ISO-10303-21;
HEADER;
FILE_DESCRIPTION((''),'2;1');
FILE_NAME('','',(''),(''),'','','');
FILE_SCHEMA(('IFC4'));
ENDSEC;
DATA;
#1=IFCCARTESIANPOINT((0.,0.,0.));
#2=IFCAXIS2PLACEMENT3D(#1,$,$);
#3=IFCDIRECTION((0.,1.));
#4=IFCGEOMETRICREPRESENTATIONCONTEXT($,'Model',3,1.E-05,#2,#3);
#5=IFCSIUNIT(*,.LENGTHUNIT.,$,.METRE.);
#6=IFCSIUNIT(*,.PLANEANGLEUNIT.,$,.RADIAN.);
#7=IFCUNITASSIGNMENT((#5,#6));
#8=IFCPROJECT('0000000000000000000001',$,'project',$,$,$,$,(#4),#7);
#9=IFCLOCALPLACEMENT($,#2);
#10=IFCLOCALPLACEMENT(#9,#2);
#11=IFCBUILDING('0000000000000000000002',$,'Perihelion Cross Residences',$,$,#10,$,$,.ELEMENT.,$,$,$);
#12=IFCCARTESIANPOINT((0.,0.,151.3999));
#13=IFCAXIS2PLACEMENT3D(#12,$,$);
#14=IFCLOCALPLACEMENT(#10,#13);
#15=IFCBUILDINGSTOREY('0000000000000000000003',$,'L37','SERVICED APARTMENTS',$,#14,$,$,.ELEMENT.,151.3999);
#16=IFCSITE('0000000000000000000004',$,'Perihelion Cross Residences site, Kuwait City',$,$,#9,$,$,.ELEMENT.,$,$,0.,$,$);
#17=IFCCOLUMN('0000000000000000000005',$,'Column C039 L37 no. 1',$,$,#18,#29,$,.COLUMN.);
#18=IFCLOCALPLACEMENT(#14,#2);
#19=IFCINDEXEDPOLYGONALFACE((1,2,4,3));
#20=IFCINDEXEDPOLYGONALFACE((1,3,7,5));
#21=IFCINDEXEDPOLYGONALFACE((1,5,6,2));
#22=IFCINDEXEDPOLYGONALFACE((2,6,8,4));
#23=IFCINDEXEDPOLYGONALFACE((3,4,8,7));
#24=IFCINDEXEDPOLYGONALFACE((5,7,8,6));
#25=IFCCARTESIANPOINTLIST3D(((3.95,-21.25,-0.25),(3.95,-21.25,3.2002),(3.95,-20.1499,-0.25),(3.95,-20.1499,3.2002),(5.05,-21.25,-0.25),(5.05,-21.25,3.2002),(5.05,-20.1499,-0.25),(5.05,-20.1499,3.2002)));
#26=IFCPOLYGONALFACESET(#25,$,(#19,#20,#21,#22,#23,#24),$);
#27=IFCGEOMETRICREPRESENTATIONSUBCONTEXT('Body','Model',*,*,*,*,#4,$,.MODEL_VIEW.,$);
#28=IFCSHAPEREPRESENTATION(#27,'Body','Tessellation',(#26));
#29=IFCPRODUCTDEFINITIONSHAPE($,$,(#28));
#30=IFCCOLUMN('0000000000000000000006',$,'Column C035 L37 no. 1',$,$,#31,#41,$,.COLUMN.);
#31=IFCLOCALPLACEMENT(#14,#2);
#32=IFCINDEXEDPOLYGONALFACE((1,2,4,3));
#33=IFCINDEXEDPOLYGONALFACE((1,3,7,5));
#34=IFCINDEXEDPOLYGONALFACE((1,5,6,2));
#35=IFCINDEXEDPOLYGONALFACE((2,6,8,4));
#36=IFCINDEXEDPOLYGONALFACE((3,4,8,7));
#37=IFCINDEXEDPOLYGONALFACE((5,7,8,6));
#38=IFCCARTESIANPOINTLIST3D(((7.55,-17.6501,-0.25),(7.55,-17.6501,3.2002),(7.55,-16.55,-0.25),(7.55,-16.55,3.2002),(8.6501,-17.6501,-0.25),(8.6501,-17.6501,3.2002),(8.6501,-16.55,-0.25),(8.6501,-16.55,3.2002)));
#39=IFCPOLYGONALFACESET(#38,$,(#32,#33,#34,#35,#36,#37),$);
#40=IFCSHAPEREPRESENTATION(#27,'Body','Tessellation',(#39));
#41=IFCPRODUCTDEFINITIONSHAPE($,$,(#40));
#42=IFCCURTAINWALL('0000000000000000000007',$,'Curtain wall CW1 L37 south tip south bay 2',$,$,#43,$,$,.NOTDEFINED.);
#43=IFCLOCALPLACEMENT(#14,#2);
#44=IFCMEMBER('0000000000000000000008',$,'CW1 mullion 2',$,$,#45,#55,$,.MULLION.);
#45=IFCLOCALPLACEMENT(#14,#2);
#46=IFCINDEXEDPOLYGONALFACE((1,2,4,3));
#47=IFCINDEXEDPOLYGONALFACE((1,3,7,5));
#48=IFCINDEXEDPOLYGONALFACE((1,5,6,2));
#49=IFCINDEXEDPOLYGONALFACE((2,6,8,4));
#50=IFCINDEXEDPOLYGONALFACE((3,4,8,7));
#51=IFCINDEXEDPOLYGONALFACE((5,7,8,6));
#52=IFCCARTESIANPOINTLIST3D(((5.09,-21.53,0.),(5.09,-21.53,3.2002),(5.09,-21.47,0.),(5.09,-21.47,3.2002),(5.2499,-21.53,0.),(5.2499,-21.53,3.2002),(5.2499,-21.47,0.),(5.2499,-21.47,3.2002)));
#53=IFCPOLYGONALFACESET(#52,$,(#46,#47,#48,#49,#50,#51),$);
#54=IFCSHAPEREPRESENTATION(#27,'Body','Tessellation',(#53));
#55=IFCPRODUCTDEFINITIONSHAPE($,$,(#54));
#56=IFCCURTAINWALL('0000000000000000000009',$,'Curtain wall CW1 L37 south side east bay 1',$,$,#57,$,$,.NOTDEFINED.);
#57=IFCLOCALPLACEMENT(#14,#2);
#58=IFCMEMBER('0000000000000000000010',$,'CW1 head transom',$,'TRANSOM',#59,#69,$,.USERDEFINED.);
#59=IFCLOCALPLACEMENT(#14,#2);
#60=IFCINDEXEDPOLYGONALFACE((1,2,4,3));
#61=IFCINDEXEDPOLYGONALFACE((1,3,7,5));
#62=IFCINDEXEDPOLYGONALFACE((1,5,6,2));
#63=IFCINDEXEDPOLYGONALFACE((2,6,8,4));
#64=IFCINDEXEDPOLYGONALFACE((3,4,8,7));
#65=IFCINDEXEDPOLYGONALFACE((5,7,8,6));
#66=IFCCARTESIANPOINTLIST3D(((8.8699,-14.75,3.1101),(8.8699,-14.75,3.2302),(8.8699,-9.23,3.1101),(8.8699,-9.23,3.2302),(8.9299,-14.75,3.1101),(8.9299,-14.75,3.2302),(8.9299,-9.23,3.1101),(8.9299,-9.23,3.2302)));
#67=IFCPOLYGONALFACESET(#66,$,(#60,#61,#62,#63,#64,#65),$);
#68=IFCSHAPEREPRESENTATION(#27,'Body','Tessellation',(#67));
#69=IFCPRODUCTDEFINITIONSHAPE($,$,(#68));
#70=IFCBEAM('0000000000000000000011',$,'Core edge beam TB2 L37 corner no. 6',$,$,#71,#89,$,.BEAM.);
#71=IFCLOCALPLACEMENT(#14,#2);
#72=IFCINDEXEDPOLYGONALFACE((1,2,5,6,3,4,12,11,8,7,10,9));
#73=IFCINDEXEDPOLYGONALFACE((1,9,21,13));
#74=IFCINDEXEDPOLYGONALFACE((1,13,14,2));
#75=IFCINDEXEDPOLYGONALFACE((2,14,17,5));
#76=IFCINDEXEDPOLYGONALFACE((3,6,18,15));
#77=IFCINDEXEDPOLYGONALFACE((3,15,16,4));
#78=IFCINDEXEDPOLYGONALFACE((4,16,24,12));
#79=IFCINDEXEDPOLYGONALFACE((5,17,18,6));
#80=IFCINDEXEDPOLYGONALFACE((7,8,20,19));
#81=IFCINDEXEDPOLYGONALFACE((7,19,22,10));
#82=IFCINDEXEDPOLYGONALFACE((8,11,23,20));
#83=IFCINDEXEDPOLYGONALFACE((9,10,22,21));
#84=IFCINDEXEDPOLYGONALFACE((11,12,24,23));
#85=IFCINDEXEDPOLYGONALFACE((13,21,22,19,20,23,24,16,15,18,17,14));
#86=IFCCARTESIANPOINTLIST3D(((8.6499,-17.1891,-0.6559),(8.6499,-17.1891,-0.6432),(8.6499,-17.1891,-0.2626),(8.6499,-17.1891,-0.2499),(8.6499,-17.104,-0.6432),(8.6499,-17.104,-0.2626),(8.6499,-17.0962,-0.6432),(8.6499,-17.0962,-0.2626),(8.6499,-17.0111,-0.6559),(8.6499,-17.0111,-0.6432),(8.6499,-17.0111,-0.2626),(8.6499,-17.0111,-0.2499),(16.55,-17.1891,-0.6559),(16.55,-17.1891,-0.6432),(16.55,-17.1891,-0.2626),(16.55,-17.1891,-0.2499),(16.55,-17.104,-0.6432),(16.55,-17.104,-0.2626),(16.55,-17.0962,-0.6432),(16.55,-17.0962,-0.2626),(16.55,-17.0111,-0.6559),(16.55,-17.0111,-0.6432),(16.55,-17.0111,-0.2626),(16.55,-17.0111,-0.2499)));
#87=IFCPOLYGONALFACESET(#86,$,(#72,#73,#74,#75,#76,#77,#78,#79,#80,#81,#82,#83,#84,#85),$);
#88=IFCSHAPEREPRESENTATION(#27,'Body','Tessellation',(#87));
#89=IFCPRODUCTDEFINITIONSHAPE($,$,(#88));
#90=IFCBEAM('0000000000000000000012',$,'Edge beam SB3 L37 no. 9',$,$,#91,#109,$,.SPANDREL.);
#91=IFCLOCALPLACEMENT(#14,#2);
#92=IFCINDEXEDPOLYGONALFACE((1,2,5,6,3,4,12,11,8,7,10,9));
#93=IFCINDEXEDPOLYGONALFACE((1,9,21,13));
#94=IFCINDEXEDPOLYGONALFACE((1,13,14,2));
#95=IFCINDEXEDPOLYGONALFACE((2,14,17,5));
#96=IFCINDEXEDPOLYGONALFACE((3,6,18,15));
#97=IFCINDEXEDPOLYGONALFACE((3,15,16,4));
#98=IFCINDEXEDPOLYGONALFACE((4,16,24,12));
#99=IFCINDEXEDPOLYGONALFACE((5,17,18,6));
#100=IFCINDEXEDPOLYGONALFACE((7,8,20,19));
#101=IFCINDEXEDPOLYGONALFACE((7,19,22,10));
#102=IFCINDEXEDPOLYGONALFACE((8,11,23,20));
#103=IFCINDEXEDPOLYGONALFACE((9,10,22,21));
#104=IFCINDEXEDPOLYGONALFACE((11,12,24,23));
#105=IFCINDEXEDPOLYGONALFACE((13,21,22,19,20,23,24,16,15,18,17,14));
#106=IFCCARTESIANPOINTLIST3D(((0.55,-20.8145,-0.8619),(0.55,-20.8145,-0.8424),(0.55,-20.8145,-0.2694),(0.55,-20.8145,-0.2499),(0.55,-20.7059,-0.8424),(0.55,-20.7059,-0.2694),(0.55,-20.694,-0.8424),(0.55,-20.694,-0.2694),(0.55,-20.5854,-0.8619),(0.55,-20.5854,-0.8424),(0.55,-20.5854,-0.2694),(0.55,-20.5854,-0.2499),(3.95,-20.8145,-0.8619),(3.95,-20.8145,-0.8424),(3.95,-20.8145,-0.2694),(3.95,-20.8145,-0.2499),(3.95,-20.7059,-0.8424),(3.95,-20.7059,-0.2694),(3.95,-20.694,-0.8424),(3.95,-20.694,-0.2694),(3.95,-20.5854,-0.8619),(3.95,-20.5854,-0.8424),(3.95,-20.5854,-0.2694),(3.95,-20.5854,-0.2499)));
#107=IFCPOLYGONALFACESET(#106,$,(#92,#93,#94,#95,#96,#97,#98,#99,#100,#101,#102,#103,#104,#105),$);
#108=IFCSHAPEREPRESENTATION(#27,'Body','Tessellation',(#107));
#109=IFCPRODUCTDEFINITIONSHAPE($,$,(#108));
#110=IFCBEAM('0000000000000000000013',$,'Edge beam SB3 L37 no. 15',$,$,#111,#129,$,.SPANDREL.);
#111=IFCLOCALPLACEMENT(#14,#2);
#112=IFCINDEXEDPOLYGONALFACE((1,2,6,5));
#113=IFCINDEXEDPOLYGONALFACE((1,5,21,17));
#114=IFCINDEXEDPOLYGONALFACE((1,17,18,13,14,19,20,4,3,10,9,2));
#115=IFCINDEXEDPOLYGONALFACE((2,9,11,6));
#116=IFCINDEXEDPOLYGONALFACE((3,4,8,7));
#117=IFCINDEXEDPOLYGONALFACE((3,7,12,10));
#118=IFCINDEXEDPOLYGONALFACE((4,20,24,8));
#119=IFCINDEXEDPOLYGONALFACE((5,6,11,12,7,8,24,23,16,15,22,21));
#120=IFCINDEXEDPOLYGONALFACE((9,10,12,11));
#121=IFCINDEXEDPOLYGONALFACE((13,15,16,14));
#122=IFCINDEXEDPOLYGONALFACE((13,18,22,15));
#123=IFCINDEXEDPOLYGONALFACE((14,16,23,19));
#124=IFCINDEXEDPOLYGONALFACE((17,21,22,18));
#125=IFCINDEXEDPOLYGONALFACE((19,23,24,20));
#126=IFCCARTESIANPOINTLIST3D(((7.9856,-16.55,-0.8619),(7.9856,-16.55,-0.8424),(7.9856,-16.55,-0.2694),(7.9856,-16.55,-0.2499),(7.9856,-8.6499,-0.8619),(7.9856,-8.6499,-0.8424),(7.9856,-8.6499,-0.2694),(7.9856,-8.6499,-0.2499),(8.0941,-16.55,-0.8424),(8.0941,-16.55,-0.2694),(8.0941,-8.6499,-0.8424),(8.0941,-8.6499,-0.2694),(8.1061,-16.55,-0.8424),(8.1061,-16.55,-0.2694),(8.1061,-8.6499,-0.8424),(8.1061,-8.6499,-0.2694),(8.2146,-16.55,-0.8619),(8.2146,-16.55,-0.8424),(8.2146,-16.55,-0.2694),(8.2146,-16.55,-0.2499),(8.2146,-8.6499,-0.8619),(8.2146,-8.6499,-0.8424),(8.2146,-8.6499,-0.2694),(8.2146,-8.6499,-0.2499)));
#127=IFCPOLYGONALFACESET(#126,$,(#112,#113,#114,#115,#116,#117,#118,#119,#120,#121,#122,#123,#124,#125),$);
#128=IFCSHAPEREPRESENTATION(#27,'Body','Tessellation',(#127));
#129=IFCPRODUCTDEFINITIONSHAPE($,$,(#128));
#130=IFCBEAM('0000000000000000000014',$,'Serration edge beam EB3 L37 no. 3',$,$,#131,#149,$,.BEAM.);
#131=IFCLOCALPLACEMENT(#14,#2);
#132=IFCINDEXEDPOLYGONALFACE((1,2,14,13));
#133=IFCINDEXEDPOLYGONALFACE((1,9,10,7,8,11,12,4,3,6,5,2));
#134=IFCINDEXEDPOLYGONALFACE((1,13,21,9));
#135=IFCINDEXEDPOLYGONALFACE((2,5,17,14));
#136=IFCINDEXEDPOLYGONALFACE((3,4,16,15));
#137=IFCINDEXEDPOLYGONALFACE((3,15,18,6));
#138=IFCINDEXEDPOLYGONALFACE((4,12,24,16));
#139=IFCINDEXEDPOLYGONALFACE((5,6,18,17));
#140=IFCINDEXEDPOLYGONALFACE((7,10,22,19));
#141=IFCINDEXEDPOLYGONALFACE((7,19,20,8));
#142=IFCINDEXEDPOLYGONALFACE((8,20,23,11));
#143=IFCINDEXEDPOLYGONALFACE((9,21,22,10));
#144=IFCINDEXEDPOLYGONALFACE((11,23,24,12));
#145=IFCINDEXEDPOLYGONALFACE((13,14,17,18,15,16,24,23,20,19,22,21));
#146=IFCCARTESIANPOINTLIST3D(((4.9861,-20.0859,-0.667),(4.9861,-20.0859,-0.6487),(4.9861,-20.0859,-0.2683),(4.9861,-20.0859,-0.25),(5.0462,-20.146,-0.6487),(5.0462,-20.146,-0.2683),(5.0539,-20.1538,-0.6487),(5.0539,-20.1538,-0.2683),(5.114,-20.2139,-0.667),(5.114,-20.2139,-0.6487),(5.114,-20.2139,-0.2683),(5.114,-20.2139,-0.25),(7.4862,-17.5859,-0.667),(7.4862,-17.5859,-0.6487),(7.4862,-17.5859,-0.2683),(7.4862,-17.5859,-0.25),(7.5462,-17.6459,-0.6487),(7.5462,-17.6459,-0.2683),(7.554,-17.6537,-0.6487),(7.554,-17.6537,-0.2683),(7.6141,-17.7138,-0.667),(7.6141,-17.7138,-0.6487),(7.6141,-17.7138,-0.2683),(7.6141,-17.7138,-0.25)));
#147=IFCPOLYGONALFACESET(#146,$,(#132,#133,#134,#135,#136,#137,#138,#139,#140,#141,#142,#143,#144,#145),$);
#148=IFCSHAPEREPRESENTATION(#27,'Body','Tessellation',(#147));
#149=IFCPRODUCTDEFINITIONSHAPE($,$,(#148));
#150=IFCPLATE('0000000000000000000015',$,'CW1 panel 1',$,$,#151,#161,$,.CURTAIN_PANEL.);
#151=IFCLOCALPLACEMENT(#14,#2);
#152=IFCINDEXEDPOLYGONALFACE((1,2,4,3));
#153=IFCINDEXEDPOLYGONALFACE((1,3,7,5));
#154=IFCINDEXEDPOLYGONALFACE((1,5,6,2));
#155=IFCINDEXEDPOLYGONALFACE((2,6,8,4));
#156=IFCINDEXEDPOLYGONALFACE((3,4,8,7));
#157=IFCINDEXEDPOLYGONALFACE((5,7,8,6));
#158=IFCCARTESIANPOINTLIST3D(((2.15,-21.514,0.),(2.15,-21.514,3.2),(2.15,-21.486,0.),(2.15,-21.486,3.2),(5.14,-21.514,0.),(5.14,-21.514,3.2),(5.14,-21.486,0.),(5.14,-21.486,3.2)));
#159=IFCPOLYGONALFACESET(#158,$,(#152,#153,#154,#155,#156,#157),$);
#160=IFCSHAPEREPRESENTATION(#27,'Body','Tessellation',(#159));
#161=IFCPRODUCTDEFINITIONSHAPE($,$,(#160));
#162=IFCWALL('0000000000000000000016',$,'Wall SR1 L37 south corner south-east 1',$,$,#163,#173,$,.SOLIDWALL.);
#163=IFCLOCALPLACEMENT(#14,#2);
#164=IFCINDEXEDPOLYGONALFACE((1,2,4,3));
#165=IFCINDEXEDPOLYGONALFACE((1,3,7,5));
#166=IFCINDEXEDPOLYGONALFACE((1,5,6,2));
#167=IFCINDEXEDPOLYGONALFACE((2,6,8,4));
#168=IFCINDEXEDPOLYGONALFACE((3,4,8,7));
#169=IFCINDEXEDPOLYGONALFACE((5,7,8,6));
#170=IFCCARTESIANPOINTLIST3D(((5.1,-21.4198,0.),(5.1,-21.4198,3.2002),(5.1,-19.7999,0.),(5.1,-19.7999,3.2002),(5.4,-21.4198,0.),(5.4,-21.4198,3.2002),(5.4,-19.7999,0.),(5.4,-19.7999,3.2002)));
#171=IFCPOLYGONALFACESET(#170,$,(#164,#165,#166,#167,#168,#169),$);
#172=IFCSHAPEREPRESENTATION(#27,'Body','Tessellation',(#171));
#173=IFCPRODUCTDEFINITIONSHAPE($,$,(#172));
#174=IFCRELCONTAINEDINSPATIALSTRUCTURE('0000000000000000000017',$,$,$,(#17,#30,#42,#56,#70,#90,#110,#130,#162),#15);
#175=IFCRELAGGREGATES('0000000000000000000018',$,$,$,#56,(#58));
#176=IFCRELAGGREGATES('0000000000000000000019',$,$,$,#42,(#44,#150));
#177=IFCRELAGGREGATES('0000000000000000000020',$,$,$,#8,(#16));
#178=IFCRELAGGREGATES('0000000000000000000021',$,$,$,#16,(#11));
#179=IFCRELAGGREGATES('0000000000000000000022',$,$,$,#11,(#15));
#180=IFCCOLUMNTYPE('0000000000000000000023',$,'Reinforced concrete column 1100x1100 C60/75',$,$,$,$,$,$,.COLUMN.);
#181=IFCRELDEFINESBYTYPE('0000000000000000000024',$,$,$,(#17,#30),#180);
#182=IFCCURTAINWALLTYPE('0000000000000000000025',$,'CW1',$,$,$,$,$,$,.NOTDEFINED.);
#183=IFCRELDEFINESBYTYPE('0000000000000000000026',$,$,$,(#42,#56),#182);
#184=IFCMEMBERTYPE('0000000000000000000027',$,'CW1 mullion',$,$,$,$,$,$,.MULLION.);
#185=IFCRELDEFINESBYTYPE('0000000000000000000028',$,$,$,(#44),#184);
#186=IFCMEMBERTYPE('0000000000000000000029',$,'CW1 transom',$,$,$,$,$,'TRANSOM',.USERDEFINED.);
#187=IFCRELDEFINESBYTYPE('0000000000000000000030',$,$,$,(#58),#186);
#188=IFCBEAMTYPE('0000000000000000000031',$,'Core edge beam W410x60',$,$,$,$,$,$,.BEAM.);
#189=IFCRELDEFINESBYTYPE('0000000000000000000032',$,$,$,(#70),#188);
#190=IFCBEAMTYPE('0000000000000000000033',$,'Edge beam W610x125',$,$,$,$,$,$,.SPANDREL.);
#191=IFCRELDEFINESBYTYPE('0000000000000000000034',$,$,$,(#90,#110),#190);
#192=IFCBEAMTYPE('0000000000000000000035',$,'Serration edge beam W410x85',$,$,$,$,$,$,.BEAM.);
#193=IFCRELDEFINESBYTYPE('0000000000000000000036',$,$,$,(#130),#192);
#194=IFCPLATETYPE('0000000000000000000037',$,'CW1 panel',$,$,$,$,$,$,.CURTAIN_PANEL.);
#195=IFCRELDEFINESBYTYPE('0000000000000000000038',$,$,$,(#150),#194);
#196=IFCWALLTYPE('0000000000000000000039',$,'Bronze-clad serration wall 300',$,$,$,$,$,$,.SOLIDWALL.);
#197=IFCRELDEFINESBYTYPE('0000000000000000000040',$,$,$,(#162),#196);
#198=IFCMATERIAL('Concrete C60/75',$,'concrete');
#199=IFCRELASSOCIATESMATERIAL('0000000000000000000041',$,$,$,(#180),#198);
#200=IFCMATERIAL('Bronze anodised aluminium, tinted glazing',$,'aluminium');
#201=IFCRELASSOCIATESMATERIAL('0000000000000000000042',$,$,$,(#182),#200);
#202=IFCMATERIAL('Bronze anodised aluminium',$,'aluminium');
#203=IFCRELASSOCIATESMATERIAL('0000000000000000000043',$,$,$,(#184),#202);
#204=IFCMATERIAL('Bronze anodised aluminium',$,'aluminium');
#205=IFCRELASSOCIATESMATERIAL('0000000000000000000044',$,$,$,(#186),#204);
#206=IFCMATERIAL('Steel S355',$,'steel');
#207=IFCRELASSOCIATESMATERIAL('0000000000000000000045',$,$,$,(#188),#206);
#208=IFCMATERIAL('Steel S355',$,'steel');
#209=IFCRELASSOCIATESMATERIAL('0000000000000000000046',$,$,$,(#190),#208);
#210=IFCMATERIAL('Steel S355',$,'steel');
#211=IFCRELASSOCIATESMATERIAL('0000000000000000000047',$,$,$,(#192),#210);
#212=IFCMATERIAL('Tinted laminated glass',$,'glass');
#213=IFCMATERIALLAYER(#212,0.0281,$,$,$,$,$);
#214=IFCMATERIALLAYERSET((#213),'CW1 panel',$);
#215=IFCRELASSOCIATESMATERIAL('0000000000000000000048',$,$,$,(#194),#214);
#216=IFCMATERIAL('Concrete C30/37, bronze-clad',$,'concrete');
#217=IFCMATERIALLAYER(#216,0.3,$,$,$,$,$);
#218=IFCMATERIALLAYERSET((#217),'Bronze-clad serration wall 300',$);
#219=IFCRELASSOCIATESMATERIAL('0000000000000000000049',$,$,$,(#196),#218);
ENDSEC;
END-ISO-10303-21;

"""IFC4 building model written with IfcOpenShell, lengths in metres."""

from ifc_helpers import new_model, si_unit, direction, frame, frame_2d, origin, origin_2d, place, context, subcontext, project, spatial, rectangle, i_section, extrude, material, layer, layer_set, material_profile, profile_set, type_object, element, aggregate, save


model = new_model("IFC4")

# Units and contexts
model_context = context("Model", 3, precision=1e-05, world=origin(), true_north=direction((0.0, 1.0)))
body_context = subcontext(model_context, "Body", "Model", "MODEL_VIEW")
ifc_project = project(units=[si_unit("LENGTHUNIT", "METRE"), si_unit("PLANEANGLEUNIT", "RADIAN")], contexts=[model_context])

# Site, building, storey
site_placement = place(None, origin())
site = spatial("IfcSite", under=ifc_project, at=site_placement, Name="Perihelion Cross Residences site, Kuwait City", CompositionType="ELEMENT", RefElevation=0.0)
building_placement = place(site_placement, origin())
building = spatial("IfcBuilding", under=site, at=building_placement, Name="Perihelion Cross Residences", CompositionType="ELEMENT")
storey_placement = place(building_placement, frame((0.0, 0.0, 151.3999)))
storey = spatial("IfcBuildingStorey", under=building, at=storey_placement, Name="L37", Description="SERVICED APARTMENTS", CompositionType="ELEMENT", Elevation=151.3999)

# Columns
ifc_material_1 = material(Name="Concrete C60/75", Category="concrete")
ifc_material_profile_1 = material_profile(ifc_material_1, rectangle(XDim=1.1001, YDim=1.1001, at=origin_2d()), Name="RC 1100x1100")
ifc_profile_set_1 = profile_set([ifc_material_profile_1], Name="Concrete C60/75")
column_type = type_object("IfcColumnType", Name="Reinforced concrete column 1100x1100 C60/75", PredefinedType="COLUMN", material=ifc_profile_set_1)
for number, where, z_axis, x_axis, name in (
    (1, (4.5, -20.7, -0.25), (0.0, 0.0, 1.0), (1.0, 0.0, 0.0), "Column C039 L37 no. 1"),
    (2, (8.1001, -17.1001, -0.25), (0.0, 0.0, 1.0), (1.0, 0.0, 0.0), "Column C035 L37 no. 1"),
):
    element("IfcColumn", number, at=place(storey_placement, frame(where, z_axis=z_axis, x_axis=x_axis)), inside=storey, type_object=column_type, Name=name, PredefinedType="COLUMN", context=body_context, shape_type="SweptSolid", body=[
        extrude(rectangle(XDim=1.1001, YDim=1.1001, at=origin_2d()), origin(), (0.0, 0.0, 1.0), 3.4502),
    ])

# Curtain walls, members
ifc_material_2 = material(Name="Bronze anodised aluminium, tinted glazing", Category="aluminium")
curtain_wall_type = type_object("IfcCurtainWallType", Name="CW1", PredefinedType="NOTDEFINED", material=ifc_material_2)
curtain_wall_1_placement = place(storey_placement, origin())
curtain_wall_1 = element("IfcCurtainWall", 3, at=curtain_wall_1_placement, inside=storey, type_object=curtain_wall_type, Name="Curtain wall CW1 L37 south tip south bay 2", PredefinedType="NOTDEFINED")
ifc_material_3 = material(Name="Bronze anodised aluminium", Category="aluminium")
ifc_material_profile_2 = material_profile(ifc_material_3, rectangle(XDim=0.0601, YDim=0.1599, at=origin_2d()), Name="CW1 mullion")
ifc_profile_set_2 = profile_set([ifc_material_profile_2], Name="Bronze anodised aluminium")
member_type_1 = type_object("IfcMemberType", Name="CW1 mullion", PredefinedType="MULLION", material=ifc_profile_set_2)
member_1_placement = place(storey_placement, frame((5.1699, -21.5, 0.0), z_axis=(0.0, 0.0, 1.0), x_axis=(0.0, 1.0, 0.0)))
member_1 = element("IfcMember", 4, at=member_1_placement, type_object=member_type_1, Name="CW1 mullion 2", PredefinedType="MULLION", context=body_context, shape_type="SweptSolid", body=[
    extrude(rectangle(XDim=0.0601, YDim=0.1599, at=origin_2d()), origin(), (0.0, 0.0, 1.0), 3.2002),
])
curtain_wall_2_placement = place(storey_placement, origin())
curtain_wall_2 = element("IfcCurtainWall", 5, at=curtain_wall_2_placement, inside=storey, type_object=curtain_wall_type, Name="Curtain wall CW1 L37 south side east bay 1", PredefinedType="NOTDEFINED")
ifc_material_4 = material(Name="Bronze anodised aluminium", Category="aluminium")
ifc_material_profile_3 = material_profile(ifc_material_4, rectangle(XDim=0.0601, YDim=0.1201, at=origin_2d()), Name="CW1 transom")
ifc_profile_set_3 = profile_set([ifc_material_profile_3], Name="Bronze anodised aluminium")
member_type_2 = type_object("IfcMemberType", Name="CW1 transom", ElementType="TRANSOM", PredefinedType="USERDEFINED", material=ifc_profile_set_3)
member_2_placement = place(storey_placement, frame((8.8999, -14.75, 3.1702), z_axis=(0.0, 1.0, 0.0), x_axis=(-1.0, 0.0, 0.0)))
member_2 = element("IfcMember", 6, at=member_2_placement, type_object=member_type_2, Name="CW1 head transom", ObjectType="TRANSOM", PredefinedType="USERDEFINED", context=body_context, shape_type="SweptSolid", body=[
    extrude(rectangle(XDim=0.0601, YDim=0.1201, at=origin_2d()), origin(), (0.0, 0.0, 1.0), 5.52),
])
aggregate(curtain_wall_2, [member_2])

# Beams
ifc_material_5 = material(Name="Steel S355", Category="steel")
ifc_material_profile_4 = material_profile(ifc_material_5, i_section(OverallWidth=0.178, OverallDepth=0.406, WebThickness=0.0078, FlangeThickness=0.0127, at=origin_2d()), Name="W410x60")
ifc_profile_set_4 = profile_set([ifc_material_profile_4], Name="Steel S355")
beam_type_1 = type_object("IfcBeamType", Name="Core edge beam W410x60", PredefinedType="BEAM", material=ifc_profile_set_4)
beam_1_placement = place(storey_placement, frame((8.6499, -17.1001, -0.4529), z_axis=(1.0, 0.0, 0.0), x_axis=(0.0, 1.0, 0.0)))
element("IfcBeam", 7, at=beam_1_placement, inside=storey, type_object=beam_type_1, Name="Core edge beam TB2 L37 corner no. 6", PredefinedType="BEAM", context=body_context, shape_type="SweptSolid", body=[
    extrude(i_section(OverallWidth=0.178, OverallDepth=0.406, WebThickness=0.0078, FlangeThickness=0.0127, at=origin_2d()), origin(), (0.0, 0.0, 1.0), 7.9001),
])
ifc_material_6 = material(Name="Steel S355", Category="steel")
ifc_material_profile_5 = material_profile(ifc_material_6, i_section(OverallWidth=0.229, OverallDepth=0.6121, WebThickness=0.012, FlangeThickness=0.0195, at=origin_2d()), Name="W610x125")
ifc_profile_set_5 = profile_set([ifc_material_profile_5], Name="Steel S355")
beam_type_2 = type_object("IfcBeamType", Name="Edge beam W610x125", PredefinedType="SPANDREL", material=ifc_profile_set_5)
beam_2_placement = place(storey_placement, frame((0.55, -20.7, -0.5559), z_axis=(1.0, 0.0, 0.0), x_axis=(0.0, 1.0, 0.0)))
element("IfcBeam", 8, at=beam_2_placement, inside=storey, type_object=beam_type_2, Name="Edge beam SB3 L37 no. 9", PredefinedType="SPANDREL", context=body_context, shape_type="SweptSolid", body=[
    extrude(i_section(OverallWidth=0.229, OverallDepth=0.6121, WebThickness=0.012, FlangeThickness=0.0195, at=origin_2d()), origin(), (0.0, 0.0, 1.0), 3.3999),
])
beam_3_placement = place(storey_placement, frame((8.1001, -16.55, -0.5559), z_axis=(0.0, 1.0, 0.0), x_axis=(-1.0, 0.0, 0.0)))
element("IfcBeam", 9, at=beam_3_placement, inside=storey, type_object=beam_type_2, Name="Edge beam SB3 L37 no. 15", PredefinedType="SPANDREL", context=body_context, shape_type="SweptSolid", body=[
    extrude(i_section(OverallWidth=0.229, OverallDepth=0.6121, WebThickness=0.012, FlangeThickness=0.0195, at=origin_2d()), origin(), (0.0, 0.0, 1.0), 7.9001),
])
ifc_material_7 = material(Name="Steel S355", Category="steel")
ifc_material_profile_6 = material_profile(ifc_material_7, i_section(OverallWidth=0.1809, OverallDepth=0.417, WebThickness=0.011, FlangeThickness=0.0183, at=origin_2d()), Name="W410x85")
ifc_profile_set_6 = profile_set([ifc_material_profile_6], Name="Steel S355")
beam_type_3 = type_object("IfcBeamType", Name="Serration edge beam W410x85", PredefinedType="BEAM", material=ifc_profile_set_6)
beam_4_placement = place(storey_placement, frame((5.05, -20.1499, -0.4585), z_axis=(0.707107, 0.707107, 0.0), x_axis=(-0.707107, 0.707107, 0.0)))
element("IfcBeam", 10, at=beam_4_placement, inside=storey, type_object=beam_type_3, Name="Serration edge beam EB3 L37 no. 3", PredefinedType="BEAM", context=body_context, shape_type="SweptSolid", body=[
    extrude(i_section(OverallWidth=0.1809, OverallDepth=0.417, WebThickness=0.011, FlangeThickness=0.0183, at=origin_2d()), origin(), (0.0, 0.0, 1.0), 3.5356),
])

# Plate
ifc_material_8 = material(Name="Tinted laminated glass", Category="glass")
ifc_layer_1 = layer(ifc_material_8, 0.0281)
ifc_layer_set_1 = layer_set([ifc_layer_1], Name="CW1 panel")
plate_type = type_object("IfcPlateType", Name="CW1 panel", PredefinedType="CURTAIN_PANEL", material=ifc_layer_set_1)
plate_placement = place(storey_placement, frame((3.645, -21.5, 0.0), z_axis=(0.0, 0.0, 1.0), x_axis=(1.0, 0.0, 0.0)))
plate = element("IfcPlate", 11, at=plate_placement, type_object=plate_type, Name="CW1 panel 1", PredefinedType="CURTAIN_PANEL", context=body_context, shape_type="SweptSolid", body=[
    extrude(rectangle(XDim=2.99, YDim=0.0281, at=origin_2d()), origin(), (0.0, 0.0, 1.0), 3.2),
])
aggregate(curtain_wall_1, [member_1, plate])

# Wall
ifc_material_9 = material(Name="Concrete C30/37, bronze-clad", Category="concrete")
ifc_layer_2 = layer(ifc_material_9, 0.3)
ifc_layer_set_2 = layer_set([ifc_layer_2], Name="Bronze-clad serration wall 300")
wall_type_1 = type_object("IfcWallType", Name="Bronze-clad serration wall 300", PredefinedType="SOLIDWALL", material=ifc_layer_set_2)
wall_1_placement = place(storey_placement, frame((5.25, -21.4199, 0.0), z_axis=(0.0, 0.0, 1.0), x_axis=(0.0, 1.0, 0.0)))
element("IfcWall", 12, at=wall_1_placement, inside=storey, type_object=wall_type_1, Name="Wall SR1 L37 south corner south-east 1", PredefinedType="SOLIDWALL", context=body_context, shape_type="SweptSolid", body=[
    extrude(rectangle(XDim=1.6199, YDim=0.3, at=frame_2d((0.8101, 0.0))), origin(), (0.0, 0.0, 1.0), 3.2002),
])

save(model, "model.ifc")
